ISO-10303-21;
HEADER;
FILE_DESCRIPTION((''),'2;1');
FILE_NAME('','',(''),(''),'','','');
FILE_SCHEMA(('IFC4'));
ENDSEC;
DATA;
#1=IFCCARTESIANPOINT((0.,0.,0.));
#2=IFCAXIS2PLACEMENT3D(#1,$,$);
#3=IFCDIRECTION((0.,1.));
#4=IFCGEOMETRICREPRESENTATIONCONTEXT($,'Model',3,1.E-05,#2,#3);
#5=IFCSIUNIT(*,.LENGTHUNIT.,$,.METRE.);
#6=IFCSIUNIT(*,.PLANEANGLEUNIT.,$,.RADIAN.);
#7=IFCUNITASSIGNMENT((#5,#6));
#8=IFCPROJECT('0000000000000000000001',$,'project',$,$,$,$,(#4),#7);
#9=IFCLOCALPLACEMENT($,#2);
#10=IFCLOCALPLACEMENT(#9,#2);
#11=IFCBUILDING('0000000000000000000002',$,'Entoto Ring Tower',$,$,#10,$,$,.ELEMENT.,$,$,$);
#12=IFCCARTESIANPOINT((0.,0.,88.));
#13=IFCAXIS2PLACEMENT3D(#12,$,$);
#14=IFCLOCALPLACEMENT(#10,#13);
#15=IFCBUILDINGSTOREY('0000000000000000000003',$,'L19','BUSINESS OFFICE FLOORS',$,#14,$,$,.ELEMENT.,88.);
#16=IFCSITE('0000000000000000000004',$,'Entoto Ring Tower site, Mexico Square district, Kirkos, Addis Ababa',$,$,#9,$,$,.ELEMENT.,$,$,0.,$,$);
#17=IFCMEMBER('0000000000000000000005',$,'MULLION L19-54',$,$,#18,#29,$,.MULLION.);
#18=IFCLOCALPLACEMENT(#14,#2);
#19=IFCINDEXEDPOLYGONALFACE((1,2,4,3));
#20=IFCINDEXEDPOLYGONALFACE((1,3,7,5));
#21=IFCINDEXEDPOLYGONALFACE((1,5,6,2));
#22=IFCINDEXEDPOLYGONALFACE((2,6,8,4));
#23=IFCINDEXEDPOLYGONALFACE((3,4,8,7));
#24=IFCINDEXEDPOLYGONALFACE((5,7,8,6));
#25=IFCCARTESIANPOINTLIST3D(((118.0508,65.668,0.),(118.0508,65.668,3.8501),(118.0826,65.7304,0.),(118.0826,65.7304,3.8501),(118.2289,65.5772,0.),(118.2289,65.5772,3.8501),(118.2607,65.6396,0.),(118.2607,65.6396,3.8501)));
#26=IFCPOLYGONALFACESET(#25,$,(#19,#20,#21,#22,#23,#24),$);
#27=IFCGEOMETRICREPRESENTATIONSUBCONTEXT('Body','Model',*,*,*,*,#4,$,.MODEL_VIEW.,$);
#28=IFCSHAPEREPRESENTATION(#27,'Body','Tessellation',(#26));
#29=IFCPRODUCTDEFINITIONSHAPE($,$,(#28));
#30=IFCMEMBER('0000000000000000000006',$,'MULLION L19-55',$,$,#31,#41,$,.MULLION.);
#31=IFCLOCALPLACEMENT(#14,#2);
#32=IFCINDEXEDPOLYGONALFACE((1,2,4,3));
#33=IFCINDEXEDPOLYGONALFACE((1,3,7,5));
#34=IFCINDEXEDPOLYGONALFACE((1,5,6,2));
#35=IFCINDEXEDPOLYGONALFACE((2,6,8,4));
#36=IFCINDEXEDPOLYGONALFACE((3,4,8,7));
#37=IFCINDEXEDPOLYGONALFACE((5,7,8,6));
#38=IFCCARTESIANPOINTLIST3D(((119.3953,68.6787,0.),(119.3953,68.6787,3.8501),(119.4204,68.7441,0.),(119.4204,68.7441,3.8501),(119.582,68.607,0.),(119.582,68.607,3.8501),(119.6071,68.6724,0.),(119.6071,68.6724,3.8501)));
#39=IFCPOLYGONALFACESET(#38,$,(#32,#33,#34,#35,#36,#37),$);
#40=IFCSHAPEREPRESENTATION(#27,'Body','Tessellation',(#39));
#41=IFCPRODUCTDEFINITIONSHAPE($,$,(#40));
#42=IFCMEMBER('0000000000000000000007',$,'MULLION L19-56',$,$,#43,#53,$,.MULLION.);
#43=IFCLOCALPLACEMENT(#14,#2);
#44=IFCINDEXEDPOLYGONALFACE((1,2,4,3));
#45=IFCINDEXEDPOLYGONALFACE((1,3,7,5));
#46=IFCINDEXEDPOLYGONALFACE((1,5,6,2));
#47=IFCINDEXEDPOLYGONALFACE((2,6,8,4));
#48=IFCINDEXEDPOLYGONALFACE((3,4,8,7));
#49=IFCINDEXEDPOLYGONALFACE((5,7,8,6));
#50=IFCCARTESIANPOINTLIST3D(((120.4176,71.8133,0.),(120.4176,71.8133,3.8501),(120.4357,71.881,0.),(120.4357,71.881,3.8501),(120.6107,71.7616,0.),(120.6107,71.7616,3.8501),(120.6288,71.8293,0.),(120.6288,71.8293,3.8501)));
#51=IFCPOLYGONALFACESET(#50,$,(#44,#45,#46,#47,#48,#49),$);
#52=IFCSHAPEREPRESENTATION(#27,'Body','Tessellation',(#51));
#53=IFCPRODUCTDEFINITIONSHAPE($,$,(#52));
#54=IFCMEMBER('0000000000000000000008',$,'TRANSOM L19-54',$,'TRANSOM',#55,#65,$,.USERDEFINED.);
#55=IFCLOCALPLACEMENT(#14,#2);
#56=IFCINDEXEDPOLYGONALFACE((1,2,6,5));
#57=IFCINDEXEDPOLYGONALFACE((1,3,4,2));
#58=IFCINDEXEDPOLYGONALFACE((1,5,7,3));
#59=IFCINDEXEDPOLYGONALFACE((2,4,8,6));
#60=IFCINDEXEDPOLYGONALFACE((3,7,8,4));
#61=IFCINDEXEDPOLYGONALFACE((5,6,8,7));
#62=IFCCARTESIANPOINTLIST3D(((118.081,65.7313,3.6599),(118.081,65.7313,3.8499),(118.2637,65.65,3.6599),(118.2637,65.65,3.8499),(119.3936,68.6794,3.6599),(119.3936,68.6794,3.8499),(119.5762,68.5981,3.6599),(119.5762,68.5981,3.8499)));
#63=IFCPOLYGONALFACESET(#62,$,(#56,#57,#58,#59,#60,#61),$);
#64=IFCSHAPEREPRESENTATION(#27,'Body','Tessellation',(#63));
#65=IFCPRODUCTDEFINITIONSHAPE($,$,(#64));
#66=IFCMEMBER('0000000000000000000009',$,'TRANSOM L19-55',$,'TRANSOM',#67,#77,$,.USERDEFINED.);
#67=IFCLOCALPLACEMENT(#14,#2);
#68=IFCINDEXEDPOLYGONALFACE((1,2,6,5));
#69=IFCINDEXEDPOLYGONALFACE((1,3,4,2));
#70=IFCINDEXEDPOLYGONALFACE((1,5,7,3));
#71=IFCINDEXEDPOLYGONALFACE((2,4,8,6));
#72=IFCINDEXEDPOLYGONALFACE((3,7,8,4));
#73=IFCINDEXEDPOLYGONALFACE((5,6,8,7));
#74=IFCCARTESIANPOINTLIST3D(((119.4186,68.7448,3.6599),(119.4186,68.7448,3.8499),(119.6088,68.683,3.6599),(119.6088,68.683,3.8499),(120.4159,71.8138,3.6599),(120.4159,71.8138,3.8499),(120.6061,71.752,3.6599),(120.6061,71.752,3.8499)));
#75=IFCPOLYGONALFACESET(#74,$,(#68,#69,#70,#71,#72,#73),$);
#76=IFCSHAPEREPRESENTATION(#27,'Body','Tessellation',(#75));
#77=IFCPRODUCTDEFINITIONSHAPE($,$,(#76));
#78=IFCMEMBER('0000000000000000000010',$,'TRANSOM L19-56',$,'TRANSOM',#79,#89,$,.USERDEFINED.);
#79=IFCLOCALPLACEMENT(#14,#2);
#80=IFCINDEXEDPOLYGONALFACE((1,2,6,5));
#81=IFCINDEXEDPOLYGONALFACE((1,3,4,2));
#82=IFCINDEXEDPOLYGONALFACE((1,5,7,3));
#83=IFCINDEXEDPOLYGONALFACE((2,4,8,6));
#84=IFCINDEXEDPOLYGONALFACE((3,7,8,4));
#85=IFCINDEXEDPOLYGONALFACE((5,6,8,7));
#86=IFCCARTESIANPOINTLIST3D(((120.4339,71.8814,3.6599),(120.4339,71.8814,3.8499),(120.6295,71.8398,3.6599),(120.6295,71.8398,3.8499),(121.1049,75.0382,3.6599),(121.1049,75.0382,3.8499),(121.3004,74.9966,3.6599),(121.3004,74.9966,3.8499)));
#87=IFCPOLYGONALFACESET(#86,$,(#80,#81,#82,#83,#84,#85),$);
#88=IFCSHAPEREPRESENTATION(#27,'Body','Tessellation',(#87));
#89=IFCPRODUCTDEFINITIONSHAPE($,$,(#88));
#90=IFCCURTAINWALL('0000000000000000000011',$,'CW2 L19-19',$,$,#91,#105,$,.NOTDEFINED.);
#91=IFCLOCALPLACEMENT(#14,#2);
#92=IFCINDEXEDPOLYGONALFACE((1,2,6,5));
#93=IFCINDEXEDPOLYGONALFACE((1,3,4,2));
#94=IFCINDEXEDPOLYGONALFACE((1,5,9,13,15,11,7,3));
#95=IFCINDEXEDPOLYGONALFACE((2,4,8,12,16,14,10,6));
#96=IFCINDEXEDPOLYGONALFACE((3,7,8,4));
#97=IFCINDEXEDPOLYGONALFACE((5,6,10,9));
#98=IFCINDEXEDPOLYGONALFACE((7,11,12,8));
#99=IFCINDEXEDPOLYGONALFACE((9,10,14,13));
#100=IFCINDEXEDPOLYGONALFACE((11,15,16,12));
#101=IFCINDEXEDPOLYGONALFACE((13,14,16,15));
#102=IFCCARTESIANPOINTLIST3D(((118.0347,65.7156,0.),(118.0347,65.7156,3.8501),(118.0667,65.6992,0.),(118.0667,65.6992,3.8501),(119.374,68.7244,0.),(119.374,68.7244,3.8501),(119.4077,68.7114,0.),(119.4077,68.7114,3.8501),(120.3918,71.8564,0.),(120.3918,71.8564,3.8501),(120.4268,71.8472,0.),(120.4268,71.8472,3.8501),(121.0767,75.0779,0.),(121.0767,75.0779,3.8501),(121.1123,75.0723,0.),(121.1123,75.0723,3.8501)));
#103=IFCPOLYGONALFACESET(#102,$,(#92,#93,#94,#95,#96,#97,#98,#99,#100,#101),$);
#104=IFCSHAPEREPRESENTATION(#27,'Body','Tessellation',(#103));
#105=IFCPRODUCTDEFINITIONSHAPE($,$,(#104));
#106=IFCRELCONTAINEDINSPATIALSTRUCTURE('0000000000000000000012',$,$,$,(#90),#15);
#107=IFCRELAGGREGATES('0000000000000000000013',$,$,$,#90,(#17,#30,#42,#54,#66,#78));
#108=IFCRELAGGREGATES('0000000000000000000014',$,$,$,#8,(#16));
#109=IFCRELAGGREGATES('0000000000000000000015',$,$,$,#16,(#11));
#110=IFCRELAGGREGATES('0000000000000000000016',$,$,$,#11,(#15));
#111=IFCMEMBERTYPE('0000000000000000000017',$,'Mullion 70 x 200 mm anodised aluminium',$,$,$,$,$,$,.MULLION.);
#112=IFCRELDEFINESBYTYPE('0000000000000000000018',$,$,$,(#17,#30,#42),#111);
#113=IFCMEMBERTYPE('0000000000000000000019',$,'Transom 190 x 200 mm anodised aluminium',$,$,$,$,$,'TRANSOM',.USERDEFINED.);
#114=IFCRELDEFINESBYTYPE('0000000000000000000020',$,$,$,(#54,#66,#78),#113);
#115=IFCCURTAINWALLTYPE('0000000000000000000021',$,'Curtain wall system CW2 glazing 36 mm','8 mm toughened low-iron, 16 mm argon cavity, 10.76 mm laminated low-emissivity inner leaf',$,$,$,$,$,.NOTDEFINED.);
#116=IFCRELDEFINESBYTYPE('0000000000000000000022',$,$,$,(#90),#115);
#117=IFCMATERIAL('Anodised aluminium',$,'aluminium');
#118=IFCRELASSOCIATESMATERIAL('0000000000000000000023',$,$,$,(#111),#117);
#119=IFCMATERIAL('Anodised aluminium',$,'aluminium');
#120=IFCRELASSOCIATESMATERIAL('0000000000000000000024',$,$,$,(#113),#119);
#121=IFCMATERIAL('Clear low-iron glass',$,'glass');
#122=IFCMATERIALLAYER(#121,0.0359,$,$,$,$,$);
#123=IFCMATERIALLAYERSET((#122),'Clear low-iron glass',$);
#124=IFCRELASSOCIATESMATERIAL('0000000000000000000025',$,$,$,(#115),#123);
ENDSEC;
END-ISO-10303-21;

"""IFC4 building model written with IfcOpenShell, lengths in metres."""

from ifc_helpers import new_model, si_unit, direction, frame, origin, origin_2d, place, context, subcontext, project, spatial, polyline, rectangle, outline, extrude, material, layer, layer_set, material_profile, profile_set, type_object, element, aggregate, save


model = new_model("IFC4")

# Units and contexts
model_context = context("Model", 3, precision=1e-05, world=origin(), true_north=direction((0.0, 1.0)))
body_context = subcontext(model_context, "Body", "Model", "MODEL_VIEW")
ifc_project = project(units=[si_unit("LENGTHUNIT", "METRE"), si_unit("PLANEANGLEUNIT", "RADIAN")], contexts=[model_context])

# Members
ifc_material_1 = material(Name="Anodised aluminium", Category="aluminium")
ifc_material_profile_1 = material_profile(ifc_material_1, rectangle(XDim=0.0701, YDim=0.2, at=origin_2d()), Name="Mullion 70 x 200 mm anodised aluminium")
ifc_profile_set_1 = profile_set([ifc_material_profile_1], Name="Anodised aluminium")
member_type_1 = type_object("IfcMemberType", Name="Mullion 70 x 200 mm anodised aluminium", PredefinedType="MULLION", material=ifc_profile_set_1)
site_placement = place(None, origin())
building_placement = place(site_placement, origin())
storey_placement = place(building_placement, frame((0.0, 0.0, 88.0)))
member_1_placement = place(storey_placement, frame((118.1558, 65.6538, 0.0), z_axis=(0.0, 0.0, 1.0), x_axis=(0.45399, 0.891007, 0.0)))
member_1 = element("IfcMember", 1, at=member_1_placement, type_object=member_type_1, Name="MULLION L19-54", PredefinedType="MULLION", context=body_context, shape_type="SweptSolid", body=[
    extrude(rectangle(XDim=0.0701, YDim=0.2, at=origin_2d()), origin(), (0.0, 0.0, 1.0), 3.8501),
])
member_2_placement = place(storey_placement, frame((119.5012, 68.6755, 0.0), z_axis=(0.0, 0.0, 1.0), x_axis=(0.358368, 0.93358, 0.0)))
member_2 = element("IfcMember", 2, at=member_2_placement, type_object=member_type_1, Name="MULLION L19-55", PredefinedType="MULLION", context=body_context, shape_type="SweptSolid", body=[
    extrude(rectangle(XDim=0.0701, YDim=0.2, at=origin_2d()), origin(), (0.0, 0.0, 1.0), 3.8501),
])
member_3_placement = place(storey_placement, frame((120.5232, 71.8213, 0.0), z_axis=(0.0, 0.0, 1.0), x_axis=(0.258819, 0.965926, 0.0)))
member_3 = element("IfcMember", 3, at=member_3_placement, type_object=member_type_1, Name="MULLION L19-56", PredefinedType="MULLION", context=body_context, shape_type="SweptSolid", body=[
    extrude(rectangle(XDim=0.0701, YDim=0.2, at=origin_2d()), origin(), (0.0, 0.0, 1.0), 3.8501),
])
ifc_material_2 = material(Name="Anodised aluminium", Category="aluminium")
ifc_material_profile_2 = material_profile(ifc_material_2, rectangle(XDim=0.2, YDim=0.1899, at=origin_2d()), Name="Transom 190 x 200 mm anodised aluminium")
ifc_profile_set_2 = profile_set([ifc_material_profile_2], Name="Anodised aluminium")
member_type_2 = type_object("IfcMemberType", Name="Transom 190 x 200 mm anodised aluminium", ElementType="TRANSOM", PredefinedType="USERDEFINED", material=ifc_profile_set_2)
member_4_placement = place(storey_placement, frame((118.1724, 65.6907, 3.7549), z_axis=(0.406728, 0.913549, 0.0), x_axis=(-0.913549, 0.406728, 0.0)))
member_4 = element("IfcMember", 4, at=member_4_placement, type_object=member_type_2, Name="TRANSOM L19-54", ObjectType="TRANSOM", PredefinedType="USERDEFINED", context=body_context, shape_type="SweptSolid", body=[
    extrude(rectangle(XDim=0.2, YDim=0.1899, at=origin_2d()), origin(), (0.0, 0.0, 1.0), 3.2271),
])
member_5_placement = place(storey_placement, frame((119.5137, 68.7139, 3.7549), z_axis=(0.309047, 0.951047, 0.0), x_axis=(-0.951047, 0.309047, 0.0)))
member_5 = element("IfcMember", 5, at=member_5_placement, type_object=member_type_2, Name="TRANSOM L19-55", ObjectType="TRANSOM", PredefinedType="USERDEFINED", context=body_context, shape_type="SweptSolid", body=[
    extrude(rectangle(XDim=0.2, YDim=0.1899, at=origin_2d()), origin(), (0.0, 0.0, 1.0), 3.2271),
])
member_6_placement = place(storey_placement, frame((120.5317, 71.8606, 3.7549), z_axis=(0.207886, 0.978153, 0.0), x_axis=(-0.978153, 0.207886, 0.0)))
member_6 = element("IfcMember", 6, at=member_6_placement, type_object=member_type_2, Name="TRANSOM L19-56", ObjectType="TRANSOM", PredefinedType="USERDEFINED", context=body_context, shape_type="SweptSolid", body=[
    extrude(rectangle(XDim=0.2, YDim=0.1899, at=origin_2d()), origin(), (0.0, 0.0, 1.0), 3.2273),
])

# Site, building, storey
site = spatial("IfcSite", under=ifc_project, at=site_placement, Name="Entoto Ring Tower site, Mexico Square district, Kirkos, Addis Ababa", CompositionType="ELEMENT", RefElevation=0.0)
building = spatial("IfcBuilding", under=site, at=building_placement, Name="Entoto Ring Tower", CompositionType="ELEMENT")
storey = spatial("IfcBuildingStorey", under=building, at=storey_placement, Name="L19", Description="BUSINESS OFFICE FLOORS", CompositionType="ELEMENT", Elevation=88.0)

# Curtain wall
ifc_material_3 = material(Name="Clear low-iron glass", Category="glass")
ifc_layer_1 = layer(ifc_material_3, 0.0359)
ifc_layer_set_1 = layer_set([ifc_layer_1], Name="Clear low-iron glass")
curtain_wall_type = type_object("IfcCurtainWallType", Name="Curtain wall system CW2 glazing 36 mm", Description="8 mm toughened low-iron, 16 mm argon cavity, 10.76 mm laminated low-emissivity inner leaf", PredefinedType="NOTDEFINED", material=ifc_layer_set_1)
curtain_wall_1_placement = place(storey_placement, origin())
curtain_wall_1 = element("IfcCurtainWall", 7, at=curtain_wall_1_placement, inside=storey, type_object=curtain_wall_type, Name="CW2 L19-19", PredefinedType="NOTDEFINED", context=body_context, shape_type="SweptSolid", body=[
    extrude(outline(polyline([(118.0667, 65.6992), (119.4077, 68.7114), (120.4268, 71.8472), (121.1123, 75.0723), (121.0767, 75.0779), (120.3918, 71.8564), (119.374, 68.7244), (118.0347, 65.7156), (118.0667, 65.6992)])), origin(), (0.0, 0.0, 1.0), 3.8501),
])
aggregate(curtain_wall_1, [member_1, member_2, member_3, member_4, member_5, member_6])

save(model, "model.ifc")
